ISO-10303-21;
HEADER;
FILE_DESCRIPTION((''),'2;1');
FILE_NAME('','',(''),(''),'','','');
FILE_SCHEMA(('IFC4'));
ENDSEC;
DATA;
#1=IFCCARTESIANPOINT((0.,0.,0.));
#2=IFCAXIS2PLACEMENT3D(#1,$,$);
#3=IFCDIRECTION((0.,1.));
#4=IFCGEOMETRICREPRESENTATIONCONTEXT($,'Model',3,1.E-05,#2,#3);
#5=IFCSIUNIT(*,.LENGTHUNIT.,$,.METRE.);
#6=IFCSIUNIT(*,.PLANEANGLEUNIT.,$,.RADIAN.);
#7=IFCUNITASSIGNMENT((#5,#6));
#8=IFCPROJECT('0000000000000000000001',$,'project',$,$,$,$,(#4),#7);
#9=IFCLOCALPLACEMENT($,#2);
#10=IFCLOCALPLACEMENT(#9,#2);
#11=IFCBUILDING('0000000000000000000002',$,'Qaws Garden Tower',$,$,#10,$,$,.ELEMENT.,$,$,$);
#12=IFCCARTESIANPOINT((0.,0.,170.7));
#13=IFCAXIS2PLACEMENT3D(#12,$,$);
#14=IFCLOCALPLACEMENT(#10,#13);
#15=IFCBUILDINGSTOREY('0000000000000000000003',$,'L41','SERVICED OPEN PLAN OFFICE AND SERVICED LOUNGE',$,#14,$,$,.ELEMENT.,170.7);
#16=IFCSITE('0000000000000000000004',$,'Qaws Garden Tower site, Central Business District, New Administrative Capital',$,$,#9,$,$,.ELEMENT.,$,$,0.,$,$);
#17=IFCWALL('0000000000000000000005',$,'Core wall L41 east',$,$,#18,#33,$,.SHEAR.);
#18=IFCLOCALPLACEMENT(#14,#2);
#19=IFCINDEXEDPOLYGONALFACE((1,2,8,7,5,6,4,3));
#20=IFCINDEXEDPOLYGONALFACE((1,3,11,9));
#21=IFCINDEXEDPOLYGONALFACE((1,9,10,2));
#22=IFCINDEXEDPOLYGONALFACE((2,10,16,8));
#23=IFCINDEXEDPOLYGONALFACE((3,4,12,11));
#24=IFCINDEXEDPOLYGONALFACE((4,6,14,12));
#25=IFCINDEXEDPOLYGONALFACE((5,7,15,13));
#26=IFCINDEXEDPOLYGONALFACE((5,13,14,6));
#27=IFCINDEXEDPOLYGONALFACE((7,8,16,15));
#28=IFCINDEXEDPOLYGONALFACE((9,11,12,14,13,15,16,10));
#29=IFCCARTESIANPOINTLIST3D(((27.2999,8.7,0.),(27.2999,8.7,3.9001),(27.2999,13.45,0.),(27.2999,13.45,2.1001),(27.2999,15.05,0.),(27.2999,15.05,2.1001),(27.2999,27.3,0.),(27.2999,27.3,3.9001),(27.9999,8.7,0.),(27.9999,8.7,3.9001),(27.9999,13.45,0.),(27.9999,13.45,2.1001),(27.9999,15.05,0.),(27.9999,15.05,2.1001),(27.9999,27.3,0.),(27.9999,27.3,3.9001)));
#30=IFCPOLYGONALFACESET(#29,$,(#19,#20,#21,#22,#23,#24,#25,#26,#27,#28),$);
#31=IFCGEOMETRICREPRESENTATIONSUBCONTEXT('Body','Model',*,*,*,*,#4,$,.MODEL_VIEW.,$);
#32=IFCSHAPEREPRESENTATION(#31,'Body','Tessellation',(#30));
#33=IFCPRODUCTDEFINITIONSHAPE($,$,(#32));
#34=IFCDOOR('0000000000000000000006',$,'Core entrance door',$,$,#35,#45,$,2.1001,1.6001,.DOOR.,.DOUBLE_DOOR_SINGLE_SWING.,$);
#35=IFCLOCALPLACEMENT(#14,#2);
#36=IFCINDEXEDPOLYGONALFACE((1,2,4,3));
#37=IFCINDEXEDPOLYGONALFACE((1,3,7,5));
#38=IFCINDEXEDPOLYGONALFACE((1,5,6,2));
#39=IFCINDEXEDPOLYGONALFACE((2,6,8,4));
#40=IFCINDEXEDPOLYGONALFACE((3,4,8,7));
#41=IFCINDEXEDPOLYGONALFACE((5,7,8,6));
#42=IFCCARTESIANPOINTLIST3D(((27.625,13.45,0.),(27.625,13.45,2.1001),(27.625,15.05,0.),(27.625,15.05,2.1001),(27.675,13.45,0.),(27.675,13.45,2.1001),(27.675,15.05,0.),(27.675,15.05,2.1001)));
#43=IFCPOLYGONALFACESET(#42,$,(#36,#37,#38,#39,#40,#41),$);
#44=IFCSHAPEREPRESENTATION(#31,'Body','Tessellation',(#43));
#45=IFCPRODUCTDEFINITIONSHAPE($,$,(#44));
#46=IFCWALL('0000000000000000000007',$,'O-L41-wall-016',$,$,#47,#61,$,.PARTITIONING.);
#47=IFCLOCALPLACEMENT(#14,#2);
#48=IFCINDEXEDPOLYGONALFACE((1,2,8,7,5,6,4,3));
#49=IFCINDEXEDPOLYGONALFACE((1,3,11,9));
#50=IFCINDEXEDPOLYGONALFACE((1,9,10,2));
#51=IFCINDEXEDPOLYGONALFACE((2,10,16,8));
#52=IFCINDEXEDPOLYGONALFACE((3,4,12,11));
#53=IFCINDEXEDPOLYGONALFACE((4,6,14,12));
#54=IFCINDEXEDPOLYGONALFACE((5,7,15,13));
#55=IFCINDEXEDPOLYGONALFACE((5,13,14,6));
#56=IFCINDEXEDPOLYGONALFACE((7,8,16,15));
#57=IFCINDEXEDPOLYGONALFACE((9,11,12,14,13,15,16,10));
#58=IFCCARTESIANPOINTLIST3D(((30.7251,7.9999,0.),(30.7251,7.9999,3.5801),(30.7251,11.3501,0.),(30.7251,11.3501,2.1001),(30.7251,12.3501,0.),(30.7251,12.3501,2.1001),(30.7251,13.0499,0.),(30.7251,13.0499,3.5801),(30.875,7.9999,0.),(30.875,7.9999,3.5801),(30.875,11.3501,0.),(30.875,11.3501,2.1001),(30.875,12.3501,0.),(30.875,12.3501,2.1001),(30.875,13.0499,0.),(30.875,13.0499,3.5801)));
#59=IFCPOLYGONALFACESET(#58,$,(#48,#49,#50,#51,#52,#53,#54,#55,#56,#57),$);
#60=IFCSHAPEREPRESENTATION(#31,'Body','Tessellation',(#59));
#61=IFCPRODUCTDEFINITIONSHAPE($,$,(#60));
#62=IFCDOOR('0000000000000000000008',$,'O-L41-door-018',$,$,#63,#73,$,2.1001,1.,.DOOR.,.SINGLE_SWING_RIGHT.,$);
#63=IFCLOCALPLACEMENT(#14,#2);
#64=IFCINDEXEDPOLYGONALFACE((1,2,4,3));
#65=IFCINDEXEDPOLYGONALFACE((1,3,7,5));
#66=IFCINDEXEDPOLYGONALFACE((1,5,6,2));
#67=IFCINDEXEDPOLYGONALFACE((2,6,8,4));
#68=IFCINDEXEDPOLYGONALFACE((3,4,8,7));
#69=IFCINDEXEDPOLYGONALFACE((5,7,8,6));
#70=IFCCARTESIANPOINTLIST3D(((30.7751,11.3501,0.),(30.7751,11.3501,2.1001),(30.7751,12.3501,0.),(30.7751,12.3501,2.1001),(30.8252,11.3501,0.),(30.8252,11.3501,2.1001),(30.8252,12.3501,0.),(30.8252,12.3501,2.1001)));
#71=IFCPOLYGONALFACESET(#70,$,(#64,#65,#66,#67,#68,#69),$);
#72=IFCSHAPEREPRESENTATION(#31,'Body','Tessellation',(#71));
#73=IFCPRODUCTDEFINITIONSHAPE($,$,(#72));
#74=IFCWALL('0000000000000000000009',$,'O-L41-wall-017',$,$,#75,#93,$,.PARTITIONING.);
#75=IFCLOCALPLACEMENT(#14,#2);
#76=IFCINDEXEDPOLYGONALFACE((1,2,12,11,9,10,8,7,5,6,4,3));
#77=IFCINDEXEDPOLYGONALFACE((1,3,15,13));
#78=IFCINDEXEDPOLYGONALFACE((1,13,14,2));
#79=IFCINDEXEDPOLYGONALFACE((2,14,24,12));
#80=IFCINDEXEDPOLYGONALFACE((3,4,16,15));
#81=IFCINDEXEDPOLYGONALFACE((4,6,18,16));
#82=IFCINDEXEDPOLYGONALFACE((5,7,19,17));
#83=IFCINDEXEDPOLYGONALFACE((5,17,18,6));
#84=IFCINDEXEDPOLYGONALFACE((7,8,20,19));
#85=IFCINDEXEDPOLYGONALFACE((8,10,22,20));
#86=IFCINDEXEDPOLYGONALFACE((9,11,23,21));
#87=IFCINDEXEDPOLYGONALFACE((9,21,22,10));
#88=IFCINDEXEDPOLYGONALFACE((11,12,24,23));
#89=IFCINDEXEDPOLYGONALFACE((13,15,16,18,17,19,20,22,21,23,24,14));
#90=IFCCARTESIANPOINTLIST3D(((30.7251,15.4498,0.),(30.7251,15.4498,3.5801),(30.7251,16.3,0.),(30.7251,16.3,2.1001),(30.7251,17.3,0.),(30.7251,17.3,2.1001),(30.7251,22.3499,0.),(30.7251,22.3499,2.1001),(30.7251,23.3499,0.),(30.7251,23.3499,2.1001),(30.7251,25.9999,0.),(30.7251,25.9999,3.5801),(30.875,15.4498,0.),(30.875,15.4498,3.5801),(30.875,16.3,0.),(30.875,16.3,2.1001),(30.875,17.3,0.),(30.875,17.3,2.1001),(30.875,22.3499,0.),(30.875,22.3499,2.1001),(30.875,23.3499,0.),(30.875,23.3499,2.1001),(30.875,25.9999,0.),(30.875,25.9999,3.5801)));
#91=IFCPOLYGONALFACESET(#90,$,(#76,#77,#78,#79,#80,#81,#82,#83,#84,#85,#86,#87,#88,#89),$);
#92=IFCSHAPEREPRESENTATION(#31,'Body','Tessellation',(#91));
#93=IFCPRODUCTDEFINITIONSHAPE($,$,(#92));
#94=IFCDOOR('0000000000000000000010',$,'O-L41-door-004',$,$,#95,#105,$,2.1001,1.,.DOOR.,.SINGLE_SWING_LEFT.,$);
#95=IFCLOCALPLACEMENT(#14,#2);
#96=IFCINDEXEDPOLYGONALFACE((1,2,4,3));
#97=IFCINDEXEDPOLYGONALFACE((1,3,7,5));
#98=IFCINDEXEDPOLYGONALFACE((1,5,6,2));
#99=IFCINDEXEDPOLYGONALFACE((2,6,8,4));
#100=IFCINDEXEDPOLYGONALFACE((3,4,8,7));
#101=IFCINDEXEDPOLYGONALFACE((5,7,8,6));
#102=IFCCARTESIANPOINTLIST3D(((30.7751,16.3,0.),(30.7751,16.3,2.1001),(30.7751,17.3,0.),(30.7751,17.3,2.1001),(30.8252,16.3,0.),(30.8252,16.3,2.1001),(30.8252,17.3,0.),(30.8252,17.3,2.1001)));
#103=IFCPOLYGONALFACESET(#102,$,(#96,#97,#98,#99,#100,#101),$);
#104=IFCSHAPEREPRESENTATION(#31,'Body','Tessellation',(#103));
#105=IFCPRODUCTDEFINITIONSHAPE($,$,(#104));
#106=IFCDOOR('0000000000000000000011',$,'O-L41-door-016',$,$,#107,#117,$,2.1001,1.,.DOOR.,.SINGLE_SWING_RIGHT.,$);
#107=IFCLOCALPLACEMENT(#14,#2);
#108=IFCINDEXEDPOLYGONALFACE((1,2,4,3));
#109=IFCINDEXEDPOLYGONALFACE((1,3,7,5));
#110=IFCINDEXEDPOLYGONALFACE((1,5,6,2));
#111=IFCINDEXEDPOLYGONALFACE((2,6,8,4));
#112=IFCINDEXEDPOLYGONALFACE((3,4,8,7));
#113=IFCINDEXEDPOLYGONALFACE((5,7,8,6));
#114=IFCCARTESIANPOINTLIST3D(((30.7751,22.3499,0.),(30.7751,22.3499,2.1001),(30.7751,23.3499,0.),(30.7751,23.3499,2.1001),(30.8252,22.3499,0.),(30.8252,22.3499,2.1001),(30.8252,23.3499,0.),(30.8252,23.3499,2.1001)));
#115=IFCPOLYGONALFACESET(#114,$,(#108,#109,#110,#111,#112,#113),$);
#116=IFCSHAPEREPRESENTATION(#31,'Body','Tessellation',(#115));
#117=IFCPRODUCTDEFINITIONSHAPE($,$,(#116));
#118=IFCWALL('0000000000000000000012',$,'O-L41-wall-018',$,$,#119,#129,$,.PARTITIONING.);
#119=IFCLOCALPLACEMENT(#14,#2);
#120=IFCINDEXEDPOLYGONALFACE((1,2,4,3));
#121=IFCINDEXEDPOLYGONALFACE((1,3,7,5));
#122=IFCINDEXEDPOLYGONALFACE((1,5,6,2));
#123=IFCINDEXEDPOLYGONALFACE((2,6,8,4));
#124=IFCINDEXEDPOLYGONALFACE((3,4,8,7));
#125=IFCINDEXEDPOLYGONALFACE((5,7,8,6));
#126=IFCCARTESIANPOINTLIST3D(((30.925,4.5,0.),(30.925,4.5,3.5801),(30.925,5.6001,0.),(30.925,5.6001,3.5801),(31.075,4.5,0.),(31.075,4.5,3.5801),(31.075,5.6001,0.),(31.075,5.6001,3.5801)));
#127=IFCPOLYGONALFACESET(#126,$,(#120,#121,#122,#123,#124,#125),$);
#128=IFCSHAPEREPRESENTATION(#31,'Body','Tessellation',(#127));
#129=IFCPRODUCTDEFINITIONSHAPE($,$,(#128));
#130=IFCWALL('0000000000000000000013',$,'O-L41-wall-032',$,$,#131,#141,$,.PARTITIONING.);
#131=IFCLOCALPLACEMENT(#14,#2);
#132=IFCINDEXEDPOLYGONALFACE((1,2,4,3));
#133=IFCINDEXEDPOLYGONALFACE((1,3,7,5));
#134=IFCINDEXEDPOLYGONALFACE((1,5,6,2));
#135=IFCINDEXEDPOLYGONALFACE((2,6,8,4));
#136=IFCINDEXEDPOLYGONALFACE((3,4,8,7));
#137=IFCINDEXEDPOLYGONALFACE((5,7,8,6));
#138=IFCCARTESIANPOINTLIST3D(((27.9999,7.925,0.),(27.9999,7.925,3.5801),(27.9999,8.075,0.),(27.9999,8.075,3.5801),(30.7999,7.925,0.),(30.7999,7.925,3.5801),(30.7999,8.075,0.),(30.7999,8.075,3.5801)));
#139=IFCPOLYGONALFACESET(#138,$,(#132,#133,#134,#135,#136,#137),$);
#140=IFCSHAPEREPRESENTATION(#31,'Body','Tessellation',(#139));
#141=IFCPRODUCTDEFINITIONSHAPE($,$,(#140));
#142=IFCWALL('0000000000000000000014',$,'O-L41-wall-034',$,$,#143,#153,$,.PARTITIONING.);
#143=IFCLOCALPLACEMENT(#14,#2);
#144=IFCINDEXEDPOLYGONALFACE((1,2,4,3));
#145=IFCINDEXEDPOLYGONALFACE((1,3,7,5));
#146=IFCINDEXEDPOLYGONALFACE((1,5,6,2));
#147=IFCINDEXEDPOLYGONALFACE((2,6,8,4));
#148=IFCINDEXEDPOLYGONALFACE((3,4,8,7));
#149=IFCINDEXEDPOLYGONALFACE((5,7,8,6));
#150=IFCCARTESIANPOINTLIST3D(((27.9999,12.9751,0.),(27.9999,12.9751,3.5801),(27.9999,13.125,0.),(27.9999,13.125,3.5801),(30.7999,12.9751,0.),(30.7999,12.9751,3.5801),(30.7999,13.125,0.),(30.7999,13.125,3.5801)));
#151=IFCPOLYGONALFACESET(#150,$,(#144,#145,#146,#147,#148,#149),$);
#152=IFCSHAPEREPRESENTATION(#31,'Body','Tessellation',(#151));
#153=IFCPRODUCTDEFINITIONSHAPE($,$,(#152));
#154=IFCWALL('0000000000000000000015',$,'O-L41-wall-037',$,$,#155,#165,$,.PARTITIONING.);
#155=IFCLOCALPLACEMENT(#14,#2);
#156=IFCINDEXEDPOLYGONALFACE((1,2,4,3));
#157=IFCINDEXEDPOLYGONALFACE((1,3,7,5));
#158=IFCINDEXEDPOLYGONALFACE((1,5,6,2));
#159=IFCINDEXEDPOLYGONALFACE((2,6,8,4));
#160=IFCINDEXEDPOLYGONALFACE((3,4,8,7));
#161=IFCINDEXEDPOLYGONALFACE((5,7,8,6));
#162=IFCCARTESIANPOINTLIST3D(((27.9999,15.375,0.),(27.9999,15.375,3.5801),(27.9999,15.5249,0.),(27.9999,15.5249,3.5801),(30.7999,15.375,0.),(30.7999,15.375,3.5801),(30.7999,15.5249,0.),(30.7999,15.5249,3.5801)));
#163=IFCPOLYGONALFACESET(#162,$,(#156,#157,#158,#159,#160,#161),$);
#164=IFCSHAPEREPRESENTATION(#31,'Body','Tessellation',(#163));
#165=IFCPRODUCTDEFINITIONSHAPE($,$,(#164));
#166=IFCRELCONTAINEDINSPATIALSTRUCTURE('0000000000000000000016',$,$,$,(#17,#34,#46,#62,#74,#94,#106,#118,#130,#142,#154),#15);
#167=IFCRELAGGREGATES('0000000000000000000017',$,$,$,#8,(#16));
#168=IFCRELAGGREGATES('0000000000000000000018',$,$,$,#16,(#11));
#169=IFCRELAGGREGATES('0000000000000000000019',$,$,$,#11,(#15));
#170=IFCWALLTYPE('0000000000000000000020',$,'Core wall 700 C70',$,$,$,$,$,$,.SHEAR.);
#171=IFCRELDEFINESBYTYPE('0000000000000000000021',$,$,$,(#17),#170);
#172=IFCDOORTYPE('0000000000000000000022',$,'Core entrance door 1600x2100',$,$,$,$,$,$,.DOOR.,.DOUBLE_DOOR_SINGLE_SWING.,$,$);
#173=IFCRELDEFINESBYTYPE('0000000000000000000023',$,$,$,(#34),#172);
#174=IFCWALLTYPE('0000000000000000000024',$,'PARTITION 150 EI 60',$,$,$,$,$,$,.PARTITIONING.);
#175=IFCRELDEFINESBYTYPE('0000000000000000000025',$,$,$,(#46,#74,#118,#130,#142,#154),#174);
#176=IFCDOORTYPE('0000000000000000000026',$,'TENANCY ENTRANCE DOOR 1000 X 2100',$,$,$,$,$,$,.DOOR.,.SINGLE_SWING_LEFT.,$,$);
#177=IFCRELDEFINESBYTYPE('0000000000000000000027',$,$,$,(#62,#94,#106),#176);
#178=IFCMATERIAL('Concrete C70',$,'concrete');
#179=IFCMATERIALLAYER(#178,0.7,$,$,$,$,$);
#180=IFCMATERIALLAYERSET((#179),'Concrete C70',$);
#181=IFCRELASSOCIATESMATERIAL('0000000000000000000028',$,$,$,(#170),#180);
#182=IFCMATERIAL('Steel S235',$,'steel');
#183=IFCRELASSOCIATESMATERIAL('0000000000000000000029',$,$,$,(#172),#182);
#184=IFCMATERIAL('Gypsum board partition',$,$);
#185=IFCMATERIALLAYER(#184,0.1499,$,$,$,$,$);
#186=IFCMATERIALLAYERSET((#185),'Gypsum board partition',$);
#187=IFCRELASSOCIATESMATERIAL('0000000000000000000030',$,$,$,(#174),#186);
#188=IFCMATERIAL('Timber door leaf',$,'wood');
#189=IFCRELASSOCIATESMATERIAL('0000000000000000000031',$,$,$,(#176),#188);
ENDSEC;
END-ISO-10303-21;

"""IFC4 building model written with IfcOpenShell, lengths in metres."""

from ifc_helpers import new_model, si_unit, direction, frame, frame_2d, origin, place, context, subcontext, project, spatial, rectangle, extrude, material, layer, layer_set, type_object, element, fill, save


model = new_model("IFC4")

# Units and contexts
model_context = context("Model", 3, precision=1e-05, world=origin(), true_north=direction((0.0, 1.0)))
body_context = subcontext(model_context, "Body", "Model", "MODEL_VIEW")
ifc_project = project(units=[si_unit("LENGTHUNIT", "METRE"), si_unit("PLANEANGLEUNIT", "RADIAN")], contexts=[model_context])

# Site, building, storey
site_placement = place(None, origin())
site = spatial("IfcSite", under=ifc_project, at=site_placement, Name="Qaws Garden Tower site, Central Business District, New Administrative Capital", CompositionType="ELEMENT", RefElevation=0.0)
building_placement = place(site_placement, origin())
building = spatial("IfcBuilding", under=site, at=building_placement, Name="Qaws Garden Tower", CompositionType="ELEMENT")
storey_placement = place(building_placement, frame((0.0, 0.0, 170.7)))
storey = spatial("IfcBuildingStorey", under=building, at=storey_placement, Name="L41", Description="SERVICED OPEN PLAN OFFICE AND SERVICED LOUNGE", CompositionType="ELEMENT", Elevation=170.7)

# Walls, openings, doors
ifc_material_1 = material(Name="Concrete C70", Category="concrete")
ifc_layer_1 = layer(ifc_material_1, 0.7)
ifc_layer_set_1 = layer_set([ifc_layer_1], Name="Concrete C70")
wall_type_1 = type_object("IfcWallType", Name="Core wall 700 C70", PredefinedType="SHEAR", material=ifc_layer_set_1)
wall_1_placement = place(storey_placement, frame((27.6499, 8.7, 0.0), z_axis=(0.0, 0.0, 1.0), x_axis=(0.0, 1.0, 0.0)))
wall_1 = element("IfcWall", 1, at=wall_1_placement, inside=storey, type_object=wall_type_1, Name="Core wall L41 east", PredefinedType="SHEAR", context=body_context, shape_type="SweptSolid", body=[
    extrude(rectangle(XDim=18.6001, YDim=0.7, at=frame_2d((9.3, 0.0))), origin(), (0.0, 0.0, 1.0), 3.9001),
])
opening_1_placement = place(wall_1_placement, frame((4.75, 0.0, 0.0)))
opening_1 = element("IfcOpeningElement", 2, at=opening_1_placement, cuts=wall_1, PredefinedType="OPENING", context=body_context, shape_type="SweptSolid", body=[
    extrude(rectangle(XDim=1.6001, YDim=2.1001, at=frame_2d((0.8, 1.05))), frame((0.0, 0.3599, 0.0), z_axis=(0.0, -1.0, 0.0), x_axis=(1.0, 0.0, 0.0)), (0.0, 0.0, 1.0), 0.72),
])
ifc_material_2 = material(Name="Steel S235", Category="steel")
door_type_1 = type_object("IfcDoorType", Name="Core entrance door 1600x2100", OperationType="DOUBLE_DOOR_SINGLE_SWING", PredefinedType="DOOR", material=ifc_material_2)
door_1_placement = place(opening_1_placement, origin())
door_1 = element("IfcDoor", 3, at=door_1_placement, inside=storey, type_object=door_type_1, Name="Core entrance door", OperationType="DOUBLE_DOOR_SINGLE_SWING", OverallHeight=2.1001, OverallWidth=1.6001, PredefinedType="DOOR", context=body_context, shape_type="SweptSolid", body=[
    extrude(rectangle(XDim=1.6001, YDim=2.1001, at=frame_2d((0.8, 1.05))), frame((0.0, 0.0249, 0.0), z_axis=(0.0, -1.0, 0.0), x_axis=(1.0, 0.0, 0.0)), (0.0, 0.0, 1.0), 0.05),
])
fill(opening_1, door_1)
ifc_material_3 = material(Name="Gypsum board partition")
ifc_layer_2 = layer(ifc_material_3, 0.1499)
ifc_layer_set_2 = layer_set([ifc_layer_2], Name="Gypsum board partition")
wall_type_2 = type_object("IfcWallType", Name="PARTITION 150 EI 60", PredefinedType="PARTITIONING", material=ifc_layer_set_2)
wall_2_placement = place(storey_placement, frame((30.8, 8.0, 0.0), z_axis=(0.0, 0.0, 1.0), x_axis=(0.0, 1.0, 0.0)))
wall_2 = element("IfcWall", 4, at=wall_2_placement, inside=storey, type_object=wall_type_2, Name="O-L41-wall-016", PredefinedType="PARTITIONING", context=body_context, shape_type="SweptSolid", body=[
    extrude(rectangle(XDim=5.05, YDim=0.1499, at=frame_2d((2.5249, 0.0))), origin(), (0.0, 0.0, 1.0), 3.5801),
])
opening_2_placement = place(wall_2_placement, frame((3.3501, 0.0, 0.0)))
opening_2 = element("IfcOpeningElement", 5, at=opening_2_placement, cuts=wall_2, PredefinedType="OPENING", context=body_context, shape_type="SweptSolid", body=[
    extrude(rectangle(XDim=1.0, YDim=2.1001, at=frame_2d((0.5, 1.05))), frame((0.0, 0.085, 0.0), z_axis=(0.0, -1.0, 0.0), x_axis=(1.0, 0.0, 0.0)), (0.0, 0.0, 1.0), 0.1699),
])
ifc_material_4 = material(Name="Timber door leaf", Category="wood")
door_type_2 = type_object("IfcDoorType", Name="TENANCY ENTRANCE DOOR 1000 X 2100", OperationType="SINGLE_SWING_LEFT", PredefinedType="DOOR", material=ifc_material_4)
door_2_placement = place(opening_2_placement, origin())
door_2 = element("IfcDoor", 6, at=door_2_placement, inside=storey, type_object=door_type_2, Name="O-L41-door-018", OperationType="SINGLE_SWING_RIGHT", OverallHeight=2.1001, OverallWidth=1.0, PredefinedType="DOOR", context=body_context, shape_type="SweptSolid", body=[
    extrude(rectangle(XDim=1.0, YDim=2.1001, at=frame_2d((0.5, 1.05))), frame((0.0, 0.0249, 0.0), z_axis=(0.0, -1.0, 0.0), x_axis=(1.0, 0.0, 0.0)), (0.0, 0.0, 1.0), 0.05),
])
fill(opening_2, door_2)

# Wall, openings, doors
wall_3_placement = place(storey_placement, frame((30.8, 15.45, 0.0), z_axis=(0.0, 0.0, 1.0), x_axis=(0.0, 1.0, 0.0)))
wall_3 = element("IfcWall", 7, at=wall_3_placement, inside=storey, type_object=wall_type_2, Name="O-L41-wall-017", PredefinedType="PARTITIONING", context=body_context, shape_type="SweptSolid", body=[
    extrude(rectangle(XDim=10.55, YDim=0.1499, at=frame_2d((5.2749, 0.0))), origin(), (0.0, 0.0, 1.0), 3.5801),
])
opening_3_placement = place(wall_3_placement, frame((0.8501, 0.0, 0.0)))
opening_3 = element("IfcOpeningElement", 8, at=opening_3_placement, cuts=wall_3, PredefinedType="OPENING", context=body_context, shape_type="SweptSolid", body=[
    extrude(rectangle(XDim=1.0, YDim=2.1001, at=frame_2d((0.5, 1.05))), frame((0.0, 0.085, 0.0), z_axis=(0.0, -1.0, 0.0), x_axis=(1.0, 0.0, 0.0)), (0.0, 0.0, 1.0), 0.1699),
])
opening_4_placement = place(wall_3_placement, frame((6.8999, 0.0, 0.0)))
opening_4 = element("IfcOpeningElement", 9, at=opening_4_placement, cuts=wall_3, PredefinedType="OPENING", context=body_context, shape_type="SweptSolid", body=[
    extrude(rectangle(XDim=1.0, YDim=2.1001, at=frame_2d((0.5, 1.05))), frame((0.0, 0.085, 0.0), z_axis=(0.0, -1.0, 0.0), x_axis=(1.0, 0.0, 0.0)), (0.0, 0.0, 1.0), 0.1699),
])
door_3_placement = place(opening_3_placement, origin())
door_3 = element("IfcDoor", 10, at=door_3_placement, inside=storey, type_object=door_type_2, Name="O-L41-door-004", OperationType="SINGLE_SWING_LEFT", OverallHeight=2.1001, OverallWidth=1.0, PredefinedType="DOOR", context=body_context, shape_type="SweptSolid", body=[
    extrude(rectangle(XDim=1.0, YDim=2.1001, at=frame_2d((0.5, 1.05))), frame((0.0, 0.0249, 0.0), z_axis=(0.0, -1.0, 0.0), x_axis=(1.0, 0.0, 0.0)), (0.0, 0.0, 1.0), 0.05),
])
fill(opening_3, door_3)
door_4_placement = place(opening_4_placement, origin())
door_4 = element("IfcDoor", 11, at=door_4_placement, inside=storey, type_object=door_type_2, Name="O-L41-door-016", OperationType="SINGLE_SWING_RIGHT", OverallHeight=2.1001, OverallWidth=1.0, PredefinedType="DOOR", context=body_context, shape_type="SweptSolid", body=[
    extrude(rectangle(XDim=1.0, YDim=2.1001, at=frame_2d((0.5, 1.05))), frame((0.0, 0.0249, 0.0), z_axis=(0.0, -1.0, 0.0), x_axis=(1.0, 0.0, 0.0)), (0.0, 0.0, 1.0), 0.05),
])
fill(opening_4, door_4)

# Walls
wall_4_placement = place(storey_placement, frame((31.0, 4.5, 0.0), z_axis=(0.0, 0.0, 1.0), x_axis=(0.0, 1.0, 0.0)))
element("IfcWall", 12, at=wall_4_placement, inside=storey, type_object=wall_type_2, Name="O-L41-wall-018", PredefinedType="PARTITIONING", context=body_context, shape_type="SweptSolid", body=[
    extrude(rectangle(XDim=1.1001, YDim=0.1499, at=frame_2d((0.55, 0.0))), origin(), (0.0, 0.0, 1.0), 3.5801),
])
for number, where, z_axis, x_axis, name in (
    (13, (28.0, 8.0, 0.0), (0.0, 0.0, 1.0), (1.0, 0.0, 0.0), "O-L41-wall-032"),
    (14, (28.0, 13.05, 0.0), (0.0, 0.0, 1.0), (1.0, 0.0, 0.0), "O-L41-wall-034"),
    (15, (28.0, 15.45, 0.0), (0.0, 0.0, 1.0), (1.0, 0.0, 0.0), "O-L41-wall-037"),
):
    element("IfcWall", number, at=place(storey_placement, frame(where, z_axis=z_axis, x_axis=x_axis)), inside=storey, type_object=wall_type_2, Name=name, PredefinedType="PARTITIONING", context=body_context, shape_type="SweptSolid", body=[
        extrude(rectangle(XDim=2.8, YDim=0.1499, at=frame_2d((1.3999, 0.0))), origin(), (0.0, 0.0, 1.0), 3.5801),
    ])

save(model, "model.ifc")
